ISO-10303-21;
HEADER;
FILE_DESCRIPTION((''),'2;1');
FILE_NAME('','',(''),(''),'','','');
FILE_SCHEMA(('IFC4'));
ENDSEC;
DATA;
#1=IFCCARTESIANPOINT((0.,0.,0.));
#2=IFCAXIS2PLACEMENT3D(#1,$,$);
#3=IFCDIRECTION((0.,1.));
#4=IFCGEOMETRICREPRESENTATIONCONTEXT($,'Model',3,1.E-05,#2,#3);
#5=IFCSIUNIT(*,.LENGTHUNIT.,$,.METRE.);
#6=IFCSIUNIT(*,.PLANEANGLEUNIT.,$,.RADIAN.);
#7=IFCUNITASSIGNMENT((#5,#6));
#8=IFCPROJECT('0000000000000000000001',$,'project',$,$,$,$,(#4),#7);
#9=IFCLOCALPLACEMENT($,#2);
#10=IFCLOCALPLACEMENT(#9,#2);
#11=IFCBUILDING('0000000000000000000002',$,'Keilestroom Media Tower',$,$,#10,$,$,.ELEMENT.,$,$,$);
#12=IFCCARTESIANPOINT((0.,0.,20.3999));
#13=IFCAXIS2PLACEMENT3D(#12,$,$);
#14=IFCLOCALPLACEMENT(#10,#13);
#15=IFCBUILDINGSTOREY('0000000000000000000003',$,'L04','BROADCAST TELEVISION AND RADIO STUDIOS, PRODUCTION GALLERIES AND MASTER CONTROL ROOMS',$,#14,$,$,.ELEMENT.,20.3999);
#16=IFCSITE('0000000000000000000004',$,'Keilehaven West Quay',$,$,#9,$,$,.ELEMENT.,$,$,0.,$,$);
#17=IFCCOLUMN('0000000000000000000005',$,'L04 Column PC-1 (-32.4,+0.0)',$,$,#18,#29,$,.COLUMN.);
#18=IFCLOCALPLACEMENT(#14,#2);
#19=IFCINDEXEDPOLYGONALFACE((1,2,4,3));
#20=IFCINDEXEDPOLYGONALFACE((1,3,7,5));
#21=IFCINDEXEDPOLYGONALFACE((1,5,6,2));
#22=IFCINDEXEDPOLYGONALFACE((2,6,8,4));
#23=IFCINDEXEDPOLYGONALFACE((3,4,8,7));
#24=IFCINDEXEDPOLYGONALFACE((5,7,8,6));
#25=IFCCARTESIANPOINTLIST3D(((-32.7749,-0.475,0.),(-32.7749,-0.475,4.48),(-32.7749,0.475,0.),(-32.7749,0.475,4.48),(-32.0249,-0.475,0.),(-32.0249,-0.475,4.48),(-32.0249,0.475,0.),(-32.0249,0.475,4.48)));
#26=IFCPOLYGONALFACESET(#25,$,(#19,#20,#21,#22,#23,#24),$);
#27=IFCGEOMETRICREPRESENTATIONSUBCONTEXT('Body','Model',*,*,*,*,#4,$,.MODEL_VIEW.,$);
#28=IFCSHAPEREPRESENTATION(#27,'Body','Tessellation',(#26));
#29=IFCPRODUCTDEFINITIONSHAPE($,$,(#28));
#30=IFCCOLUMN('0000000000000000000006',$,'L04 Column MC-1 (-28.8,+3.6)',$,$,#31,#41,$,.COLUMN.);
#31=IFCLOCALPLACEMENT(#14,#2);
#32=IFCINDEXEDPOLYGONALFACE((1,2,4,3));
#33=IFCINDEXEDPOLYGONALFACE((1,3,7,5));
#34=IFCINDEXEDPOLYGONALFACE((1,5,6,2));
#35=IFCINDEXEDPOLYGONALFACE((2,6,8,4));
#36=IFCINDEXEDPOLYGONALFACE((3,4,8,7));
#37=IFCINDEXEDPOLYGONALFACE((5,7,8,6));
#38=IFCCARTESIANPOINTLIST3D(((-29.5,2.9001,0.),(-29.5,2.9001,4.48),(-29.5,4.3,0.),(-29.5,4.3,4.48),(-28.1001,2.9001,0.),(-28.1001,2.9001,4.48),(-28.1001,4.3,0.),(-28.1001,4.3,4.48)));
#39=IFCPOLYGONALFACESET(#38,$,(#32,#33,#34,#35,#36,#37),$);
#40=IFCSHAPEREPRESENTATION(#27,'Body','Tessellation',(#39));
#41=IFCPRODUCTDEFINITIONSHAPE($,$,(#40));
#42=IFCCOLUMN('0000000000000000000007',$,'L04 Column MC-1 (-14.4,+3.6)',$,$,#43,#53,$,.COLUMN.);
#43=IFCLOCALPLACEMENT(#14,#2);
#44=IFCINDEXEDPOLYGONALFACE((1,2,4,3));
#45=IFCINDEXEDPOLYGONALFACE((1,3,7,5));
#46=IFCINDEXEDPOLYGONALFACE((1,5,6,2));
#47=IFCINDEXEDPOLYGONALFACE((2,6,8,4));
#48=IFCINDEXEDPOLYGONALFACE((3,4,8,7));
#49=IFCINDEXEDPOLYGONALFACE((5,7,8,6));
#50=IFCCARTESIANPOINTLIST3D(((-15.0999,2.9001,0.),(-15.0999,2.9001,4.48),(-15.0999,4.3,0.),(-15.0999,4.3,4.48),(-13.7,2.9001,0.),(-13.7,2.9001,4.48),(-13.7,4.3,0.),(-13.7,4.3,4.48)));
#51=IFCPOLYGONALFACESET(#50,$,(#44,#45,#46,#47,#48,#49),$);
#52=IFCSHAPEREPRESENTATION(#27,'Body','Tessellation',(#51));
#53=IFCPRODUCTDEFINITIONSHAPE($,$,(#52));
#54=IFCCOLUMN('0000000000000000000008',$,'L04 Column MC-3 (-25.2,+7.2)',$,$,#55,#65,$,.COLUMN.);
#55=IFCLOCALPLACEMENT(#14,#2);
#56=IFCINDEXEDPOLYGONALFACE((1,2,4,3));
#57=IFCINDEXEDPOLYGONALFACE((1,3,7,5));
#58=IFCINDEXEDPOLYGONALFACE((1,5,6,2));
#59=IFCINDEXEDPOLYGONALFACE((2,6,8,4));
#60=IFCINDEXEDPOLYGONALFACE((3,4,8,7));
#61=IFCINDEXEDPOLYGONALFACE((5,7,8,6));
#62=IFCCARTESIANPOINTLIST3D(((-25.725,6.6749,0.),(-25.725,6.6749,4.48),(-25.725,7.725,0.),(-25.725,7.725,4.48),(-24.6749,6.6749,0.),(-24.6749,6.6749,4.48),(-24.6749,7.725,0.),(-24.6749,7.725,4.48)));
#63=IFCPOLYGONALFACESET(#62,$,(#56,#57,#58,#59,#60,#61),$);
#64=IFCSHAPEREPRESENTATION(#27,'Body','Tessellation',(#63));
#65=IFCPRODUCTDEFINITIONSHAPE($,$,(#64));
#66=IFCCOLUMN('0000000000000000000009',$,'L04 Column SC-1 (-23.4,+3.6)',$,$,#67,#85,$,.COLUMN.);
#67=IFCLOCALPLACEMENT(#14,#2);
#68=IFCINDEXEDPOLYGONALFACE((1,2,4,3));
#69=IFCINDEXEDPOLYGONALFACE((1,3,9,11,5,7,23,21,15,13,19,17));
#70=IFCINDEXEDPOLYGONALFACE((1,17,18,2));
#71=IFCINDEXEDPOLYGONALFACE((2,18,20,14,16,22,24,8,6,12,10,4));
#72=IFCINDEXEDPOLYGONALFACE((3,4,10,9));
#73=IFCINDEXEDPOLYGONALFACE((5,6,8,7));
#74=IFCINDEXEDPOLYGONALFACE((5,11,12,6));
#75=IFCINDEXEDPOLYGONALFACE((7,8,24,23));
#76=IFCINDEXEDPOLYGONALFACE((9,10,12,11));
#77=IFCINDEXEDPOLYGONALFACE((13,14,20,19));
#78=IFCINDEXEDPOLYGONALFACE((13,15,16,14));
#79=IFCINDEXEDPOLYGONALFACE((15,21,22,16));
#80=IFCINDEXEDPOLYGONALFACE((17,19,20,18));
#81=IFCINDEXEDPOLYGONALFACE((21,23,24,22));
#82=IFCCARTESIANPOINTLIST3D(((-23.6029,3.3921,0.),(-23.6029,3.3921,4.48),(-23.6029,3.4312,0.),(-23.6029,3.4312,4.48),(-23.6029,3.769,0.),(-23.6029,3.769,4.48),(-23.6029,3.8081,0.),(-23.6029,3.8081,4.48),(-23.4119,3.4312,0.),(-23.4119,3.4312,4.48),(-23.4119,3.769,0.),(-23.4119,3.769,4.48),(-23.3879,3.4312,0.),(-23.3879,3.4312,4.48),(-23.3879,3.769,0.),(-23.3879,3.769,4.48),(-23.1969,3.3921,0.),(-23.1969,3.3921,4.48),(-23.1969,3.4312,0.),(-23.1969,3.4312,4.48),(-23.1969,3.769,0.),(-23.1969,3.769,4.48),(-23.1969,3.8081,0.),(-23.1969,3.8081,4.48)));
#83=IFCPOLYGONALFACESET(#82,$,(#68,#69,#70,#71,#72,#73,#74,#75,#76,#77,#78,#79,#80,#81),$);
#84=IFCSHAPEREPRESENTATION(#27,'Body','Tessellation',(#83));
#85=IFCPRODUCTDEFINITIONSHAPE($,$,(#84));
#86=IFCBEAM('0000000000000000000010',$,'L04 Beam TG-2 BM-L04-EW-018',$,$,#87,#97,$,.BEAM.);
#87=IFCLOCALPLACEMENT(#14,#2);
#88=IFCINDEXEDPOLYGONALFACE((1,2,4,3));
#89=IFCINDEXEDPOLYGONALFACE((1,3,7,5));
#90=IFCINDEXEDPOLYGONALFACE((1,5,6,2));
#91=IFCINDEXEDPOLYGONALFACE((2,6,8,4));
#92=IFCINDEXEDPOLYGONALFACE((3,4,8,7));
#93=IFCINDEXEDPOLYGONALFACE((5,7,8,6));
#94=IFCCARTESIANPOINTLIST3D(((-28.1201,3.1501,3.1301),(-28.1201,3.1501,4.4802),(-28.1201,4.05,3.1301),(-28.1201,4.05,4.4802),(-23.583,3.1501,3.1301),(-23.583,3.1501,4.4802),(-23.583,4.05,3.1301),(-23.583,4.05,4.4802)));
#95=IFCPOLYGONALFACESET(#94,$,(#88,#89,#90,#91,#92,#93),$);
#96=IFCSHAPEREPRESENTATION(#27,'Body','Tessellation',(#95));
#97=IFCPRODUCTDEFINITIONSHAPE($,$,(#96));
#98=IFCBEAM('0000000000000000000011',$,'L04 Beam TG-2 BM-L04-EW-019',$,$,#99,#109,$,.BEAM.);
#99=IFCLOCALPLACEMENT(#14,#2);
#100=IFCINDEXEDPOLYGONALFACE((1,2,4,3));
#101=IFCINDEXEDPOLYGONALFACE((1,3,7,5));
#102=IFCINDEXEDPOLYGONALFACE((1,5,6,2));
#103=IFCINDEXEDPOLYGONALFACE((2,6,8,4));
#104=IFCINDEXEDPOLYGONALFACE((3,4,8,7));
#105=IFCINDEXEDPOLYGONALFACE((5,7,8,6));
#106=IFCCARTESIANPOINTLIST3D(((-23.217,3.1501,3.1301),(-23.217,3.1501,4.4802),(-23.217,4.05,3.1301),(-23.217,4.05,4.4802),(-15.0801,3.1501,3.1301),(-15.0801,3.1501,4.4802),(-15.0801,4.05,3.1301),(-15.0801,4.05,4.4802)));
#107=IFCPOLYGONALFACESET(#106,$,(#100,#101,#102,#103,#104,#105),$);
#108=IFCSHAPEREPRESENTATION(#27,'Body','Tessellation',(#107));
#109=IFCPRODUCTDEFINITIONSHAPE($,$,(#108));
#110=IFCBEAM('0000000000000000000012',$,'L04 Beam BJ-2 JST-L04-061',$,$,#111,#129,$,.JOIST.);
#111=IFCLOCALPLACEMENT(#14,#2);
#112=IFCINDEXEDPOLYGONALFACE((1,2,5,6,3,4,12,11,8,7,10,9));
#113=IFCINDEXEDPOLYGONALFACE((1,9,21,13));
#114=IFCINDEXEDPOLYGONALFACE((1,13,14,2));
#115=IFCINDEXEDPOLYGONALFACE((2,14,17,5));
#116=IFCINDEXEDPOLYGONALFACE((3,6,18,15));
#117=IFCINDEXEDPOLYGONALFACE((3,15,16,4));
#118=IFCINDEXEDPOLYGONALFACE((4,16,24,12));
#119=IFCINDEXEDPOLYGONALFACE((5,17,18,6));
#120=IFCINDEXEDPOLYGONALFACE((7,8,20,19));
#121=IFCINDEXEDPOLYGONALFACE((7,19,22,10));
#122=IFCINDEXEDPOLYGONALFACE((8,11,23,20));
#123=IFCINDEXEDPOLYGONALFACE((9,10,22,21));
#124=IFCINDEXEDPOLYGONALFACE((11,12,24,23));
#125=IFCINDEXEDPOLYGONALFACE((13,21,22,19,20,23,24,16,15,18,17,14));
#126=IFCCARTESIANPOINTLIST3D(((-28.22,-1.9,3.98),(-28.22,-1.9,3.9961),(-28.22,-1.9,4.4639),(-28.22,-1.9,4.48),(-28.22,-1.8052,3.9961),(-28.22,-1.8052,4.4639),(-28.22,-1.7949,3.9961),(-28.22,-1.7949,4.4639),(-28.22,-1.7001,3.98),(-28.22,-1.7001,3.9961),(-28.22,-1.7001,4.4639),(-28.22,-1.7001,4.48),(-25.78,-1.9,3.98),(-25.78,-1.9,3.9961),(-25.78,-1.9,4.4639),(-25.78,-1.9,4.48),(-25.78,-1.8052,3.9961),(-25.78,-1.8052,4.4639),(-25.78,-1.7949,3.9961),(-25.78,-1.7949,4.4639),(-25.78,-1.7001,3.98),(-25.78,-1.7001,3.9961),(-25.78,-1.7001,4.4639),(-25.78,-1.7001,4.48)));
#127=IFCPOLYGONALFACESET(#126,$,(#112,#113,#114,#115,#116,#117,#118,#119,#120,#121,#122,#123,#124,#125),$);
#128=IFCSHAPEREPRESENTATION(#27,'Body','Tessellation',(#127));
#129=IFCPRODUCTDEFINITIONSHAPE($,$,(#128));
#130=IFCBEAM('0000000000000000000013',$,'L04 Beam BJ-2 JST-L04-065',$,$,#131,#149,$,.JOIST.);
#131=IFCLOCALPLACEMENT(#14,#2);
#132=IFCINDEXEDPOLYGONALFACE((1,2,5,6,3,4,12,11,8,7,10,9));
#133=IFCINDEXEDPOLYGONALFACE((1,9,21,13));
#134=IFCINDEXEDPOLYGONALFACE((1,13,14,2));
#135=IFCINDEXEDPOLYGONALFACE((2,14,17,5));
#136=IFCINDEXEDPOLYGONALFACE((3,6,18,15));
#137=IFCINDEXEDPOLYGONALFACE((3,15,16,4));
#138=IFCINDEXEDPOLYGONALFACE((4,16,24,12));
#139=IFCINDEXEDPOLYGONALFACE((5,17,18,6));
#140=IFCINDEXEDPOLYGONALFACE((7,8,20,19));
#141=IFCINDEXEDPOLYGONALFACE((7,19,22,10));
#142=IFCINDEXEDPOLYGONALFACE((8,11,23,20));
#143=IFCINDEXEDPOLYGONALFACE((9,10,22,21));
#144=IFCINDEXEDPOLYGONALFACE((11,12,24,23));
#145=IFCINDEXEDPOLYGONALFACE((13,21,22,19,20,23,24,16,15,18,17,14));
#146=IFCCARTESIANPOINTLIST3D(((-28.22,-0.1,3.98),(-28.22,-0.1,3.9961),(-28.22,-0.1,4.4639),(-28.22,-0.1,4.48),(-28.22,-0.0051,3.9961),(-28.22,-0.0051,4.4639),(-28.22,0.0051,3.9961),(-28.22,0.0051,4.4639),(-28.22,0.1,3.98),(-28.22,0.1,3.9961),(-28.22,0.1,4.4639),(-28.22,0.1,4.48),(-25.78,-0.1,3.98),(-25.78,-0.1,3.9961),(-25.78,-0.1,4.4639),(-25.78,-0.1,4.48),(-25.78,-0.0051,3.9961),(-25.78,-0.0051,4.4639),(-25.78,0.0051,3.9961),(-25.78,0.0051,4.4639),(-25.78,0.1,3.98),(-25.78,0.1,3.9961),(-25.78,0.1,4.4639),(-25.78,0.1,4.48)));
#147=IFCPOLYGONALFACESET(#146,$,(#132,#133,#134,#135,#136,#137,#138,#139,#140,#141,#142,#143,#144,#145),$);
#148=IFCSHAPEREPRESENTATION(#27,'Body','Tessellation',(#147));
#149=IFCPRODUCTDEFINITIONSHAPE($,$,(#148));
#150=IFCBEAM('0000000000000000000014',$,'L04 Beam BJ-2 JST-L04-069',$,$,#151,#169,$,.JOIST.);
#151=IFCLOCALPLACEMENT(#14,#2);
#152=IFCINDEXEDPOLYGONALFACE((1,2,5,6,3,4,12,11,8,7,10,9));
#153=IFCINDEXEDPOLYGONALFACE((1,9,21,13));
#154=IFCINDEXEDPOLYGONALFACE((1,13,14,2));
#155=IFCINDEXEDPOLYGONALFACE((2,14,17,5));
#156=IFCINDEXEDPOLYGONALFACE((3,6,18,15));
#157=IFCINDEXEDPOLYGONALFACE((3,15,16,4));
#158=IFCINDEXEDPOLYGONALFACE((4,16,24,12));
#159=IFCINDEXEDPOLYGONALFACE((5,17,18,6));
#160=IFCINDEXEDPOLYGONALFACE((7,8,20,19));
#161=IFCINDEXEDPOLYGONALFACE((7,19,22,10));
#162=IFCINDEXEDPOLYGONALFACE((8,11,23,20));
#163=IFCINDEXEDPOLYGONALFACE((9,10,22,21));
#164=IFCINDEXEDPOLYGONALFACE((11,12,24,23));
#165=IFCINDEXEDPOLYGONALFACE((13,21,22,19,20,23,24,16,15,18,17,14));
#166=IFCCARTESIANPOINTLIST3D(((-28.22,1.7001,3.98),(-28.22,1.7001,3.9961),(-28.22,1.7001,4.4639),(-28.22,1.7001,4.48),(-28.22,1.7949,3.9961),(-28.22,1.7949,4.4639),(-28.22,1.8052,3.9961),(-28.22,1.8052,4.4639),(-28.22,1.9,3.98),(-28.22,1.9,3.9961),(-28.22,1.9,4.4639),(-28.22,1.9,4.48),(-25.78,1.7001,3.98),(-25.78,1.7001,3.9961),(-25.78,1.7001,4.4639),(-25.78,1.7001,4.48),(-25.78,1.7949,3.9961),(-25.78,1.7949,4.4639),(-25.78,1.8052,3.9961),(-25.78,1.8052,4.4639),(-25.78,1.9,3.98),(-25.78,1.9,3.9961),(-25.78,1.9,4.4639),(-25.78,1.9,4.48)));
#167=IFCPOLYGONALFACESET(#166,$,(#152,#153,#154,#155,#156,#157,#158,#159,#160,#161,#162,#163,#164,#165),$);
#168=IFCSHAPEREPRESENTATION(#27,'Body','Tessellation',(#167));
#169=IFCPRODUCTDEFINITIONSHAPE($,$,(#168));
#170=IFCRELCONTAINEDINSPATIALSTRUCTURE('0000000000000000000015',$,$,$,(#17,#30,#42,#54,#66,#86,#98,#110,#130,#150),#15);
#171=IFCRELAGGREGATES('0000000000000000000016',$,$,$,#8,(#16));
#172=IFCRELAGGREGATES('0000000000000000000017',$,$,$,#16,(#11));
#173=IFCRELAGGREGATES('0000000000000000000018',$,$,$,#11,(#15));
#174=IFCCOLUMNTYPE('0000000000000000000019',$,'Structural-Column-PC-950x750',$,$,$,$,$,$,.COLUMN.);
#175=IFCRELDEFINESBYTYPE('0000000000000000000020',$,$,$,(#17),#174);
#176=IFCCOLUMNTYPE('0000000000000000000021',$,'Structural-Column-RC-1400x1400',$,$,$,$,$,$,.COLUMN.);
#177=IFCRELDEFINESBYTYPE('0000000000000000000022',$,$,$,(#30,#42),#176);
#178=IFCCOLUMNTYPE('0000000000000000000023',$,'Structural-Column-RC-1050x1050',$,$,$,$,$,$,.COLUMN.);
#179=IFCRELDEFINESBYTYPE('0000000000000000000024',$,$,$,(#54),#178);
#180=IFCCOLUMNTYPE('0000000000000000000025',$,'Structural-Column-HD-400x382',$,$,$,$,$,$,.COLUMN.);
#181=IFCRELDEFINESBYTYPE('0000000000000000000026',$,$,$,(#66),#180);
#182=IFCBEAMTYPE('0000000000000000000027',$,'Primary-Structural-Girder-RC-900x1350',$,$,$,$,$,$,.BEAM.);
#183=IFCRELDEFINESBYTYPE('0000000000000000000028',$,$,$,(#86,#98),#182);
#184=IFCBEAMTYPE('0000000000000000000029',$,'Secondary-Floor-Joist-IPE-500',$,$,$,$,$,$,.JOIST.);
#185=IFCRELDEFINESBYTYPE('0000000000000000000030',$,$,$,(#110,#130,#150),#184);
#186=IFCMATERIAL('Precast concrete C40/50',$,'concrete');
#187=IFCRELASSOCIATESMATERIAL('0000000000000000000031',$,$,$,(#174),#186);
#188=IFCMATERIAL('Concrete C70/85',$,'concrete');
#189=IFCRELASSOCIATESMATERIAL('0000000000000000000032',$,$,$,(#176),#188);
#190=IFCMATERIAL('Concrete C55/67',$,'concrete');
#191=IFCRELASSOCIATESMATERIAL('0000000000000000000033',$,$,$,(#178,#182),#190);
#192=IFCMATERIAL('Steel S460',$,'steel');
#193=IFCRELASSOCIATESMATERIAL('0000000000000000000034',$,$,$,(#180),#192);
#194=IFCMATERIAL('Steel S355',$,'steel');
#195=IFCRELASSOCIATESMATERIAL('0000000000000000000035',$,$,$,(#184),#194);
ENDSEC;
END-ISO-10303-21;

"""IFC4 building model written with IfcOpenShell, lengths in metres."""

from ifc_helpers import new_model, si_unit, direction, frame, origin, origin_2d, place, context, subcontext, project, spatial, rectangle, i_section, extrude, source, transform, mapped, material, material_profile, profile_set, type_object, element, save


model = new_model("IFC4")

# Units and contexts
model_context = context("Model", 3, precision=1e-05, world=origin(), true_north=direction((0.0, 1.0)))
body_context = subcontext(model_context, "Body", "Model", "MODEL_VIEW")
ifc_project = project(units=[si_unit("LENGTHUNIT", "METRE"), si_unit("PLANEANGLEUNIT", "RADIAN")], contexts=[model_context])

# Site, building, storey
site_placement = place(None, origin())
site = spatial("IfcSite", under=ifc_project, at=site_placement, Name="Keilehaven West Quay", CompositionType="ELEMENT", RefElevation=0.0)
building_placement = place(site_placement, origin())
building = spatial("IfcBuilding", under=site, at=building_placement, Name="Keilestroom Media Tower", CompositionType="ELEMENT")
storey_placement = place(building_placement, frame((0.0, 0.0, 20.3999)))
storey = spatial("IfcBuildingStorey", under=building, at=storey_placement, Name="L04", Description="BROADCAST TELEVISION AND RADIO STUDIOS, PRODUCTION GALLERIES AND MASTER CONTROL ROOMS", CompositionType="ELEMENT", Elevation=20.3999)

# Columns
ifc_material_1 = material(Name="Precast concrete C40/50", Category="concrete")
ifc_material_profile_1 = material_profile(ifc_material_1, rectangle(XDim=0.75, YDim=0.95, at=origin_2d()), Name="PC 950x750")
ifc_profile_set_1 = profile_set([ifc_material_profile_1], Name="Precast concrete C40/50")
column_type_1 = type_object("IfcColumnType", Name="Structural-Column-PC-950x750", PredefinedType="COLUMN", material=ifc_profile_set_1)
shared_shape_1 = source(origin(), body_context, "Body", "SweptSolid", [
    extrude(rectangle(XDim=0.75, YDim=0.95, at=origin_2d()), origin(), (0.0, 0.0, 1.0), 4.48),
])
column_1_placement = place(storey_placement, frame((-32.3999, 0.0, 0.0), z_axis=(0.0, 0.0, 1.0), x_axis=(1.0, 0.0, 0.0)))
element("IfcColumn", 1, at=column_1_placement, inside=storey, type_object=column_type_1, Name="L04 Column PC-1 (-32.4,+0.0)", PredefinedType="COLUMN", context=body_context, shape_type="MappedRepresentation", body=[
    mapped(shared_shape_1, transform((0.0, 0.0, 0.0), x_axis=(1.0, 0.0, 0.0), y_axis=(0.0, 1.0, 0.0), z_axis=(0.0, 0.0, 1.0), scale=1.0)),
])
ifc_material_2 = material(Name="Concrete C70/85", Category="concrete")
ifc_material_profile_2 = material_profile(ifc_material_2, rectangle(XDim=1.3999, YDim=1.3999, at=origin_2d()), Name="RC 1400x1400")
ifc_profile_set_2 = profile_set([ifc_material_profile_2], Name="Concrete C70/85")
column_type_2 = type_object("IfcColumnType", Name="Structural-Column-RC-1400x1400", PredefinedType="COLUMN", material=ifc_profile_set_2)
shared_shape_2 = source(origin(), body_context, "Body", "SweptSolid", [
    extrude(rectangle(XDim=1.3999, YDim=1.3999, at=origin_2d()), origin(), (0.0, 0.0, 1.0), 4.48),
])
for number, where, z_axis, x_axis, name in (
    (2, (-28.8, 3.6001, 0.0), (0.0, 0.0, 1.0), (1.0, 0.0, 0.0), "L04 Column MC-1 (-28.8,+3.6)"),
    (3, (-14.3999, 3.6001, 0.0), (0.0, 0.0, 1.0), (1.0, 0.0, 0.0), "L04 Column MC-1 (-14.4,+3.6)"),
):
    element("IfcColumn", number, at=place(storey_placement, frame(where, z_axis=z_axis, x_axis=x_axis)), inside=storey, type_object=column_type_2, Name=name, PredefinedType="COLUMN", context=body_context, shape_type="MappedRepresentation", body=[
        mapped(shared_shape_2, transform((0.0, 0.0, 0.0), x_axis=(1.0, 0.0, 0.0), y_axis=(0.0, 1.0, 0.0), z_axis=(0.0, 0.0, 1.0), scale=1.0)),
    ])
ifc_material_3 = material(Name="Concrete C55/67", Category="concrete")
ifc_material_profile_3 = material_profile(ifc_material_3, rectangle(XDim=1.05, YDim=1.05, at=origin_2d()), Name="RC 1050x1050")
ifc_profile_set_3 = profile_set([ifc_material_profile_3], Name="Concrete C55/67")
column_type_3 = type_object("IfcColumnType", Name="Structural-Column-RC-1050x1050", PredefinedType="COLUMN", material=ifc_profile_set_3)
shared_shape_3 = source(origin(), body_context, "Body", "SweptSolid", [
    extrude(rectangle(XDim=1.05, YDim=1.05, at=origin_2d()), origin(), (0.0, 0.0, 1.0), 4.48),
])
column_2_placement = place(storey_placement, frame((-25.2, 7.2, 0.0), z_axis=(0.0, 0.0, 1.0), x_axis=(1.0, 0.0, 0.0)))
element("IfcColumn", 4, at=column_2_placement, inside=storey, type_object=column_type_3, Name="L04 Column MC-3 (-25.2,+7.2)", PredefinedType="COLUMN", context=body_context, shape_type="MappedRepresentation", body=[
    mapped(shared_shape_3, transform((0.0, 0.0, 0.0), x_axis=(1.0, 0.0, 0.0), y_axis=(0.0, 1.0, 0.0), z_axis=(0.0, 0.0, 1.0), scale=1.0)),
])
ifc_material_4 = material(Name="Steel S460", Category="steel")
ifc_material_profile_4 = material_profile(ifc_material_4, i_section(OverallWidth=0.406, OverallDepth=0.416, WebThickness=0.0239, FlangeThickness=0.0391, at=origin_2d()), Name="HD 400x382")
ifc_profile_set_4 = profile_set([ifc_material_profile_4], Name="Steel S460")
column_type_4 = type_object("IfcColumnType", Name="Structural-Column-HD-400x382", PredefinedType="COLUMN", material=ifc_profile_set_4)
shared_shape_4 = source(origin(), body_context, "Body", "SweptSolid", [
    extrude(i_section(OverallWidth=0.406, OverallDepth=0.416, WebThickness=0.0239, FlangeThickness=0.0391, at=origin_2d()), origin(), (0.0, 0.0, 1.0), 4.48),
])
column_3_placement = place(storey_placement, frame((-23.3999, 3.6001, 0.0), z_axis=(0.0, 0.0, 1.0), x_axis=(1.0, 0.0, 0.0)))
element("IfcColumn", 5, at=column_3_placement, inside=storey, type_object=column_type_4, Name="L04 Column SC-1 (-23.4,+3.6)", PredefinedType="COLUMN", context=body_context, shape_type="MappedRepresentation", body=[
    mapped(shared_shape_4, transform((0.0, 0.0, 0.0), x_axis=(1.0, 0.0, 0.0), y_axis=(0.0, 1.0, 0.0), z_axis=(0.0, 0.0, 1.0), scale=1.0)),
])

# Beams
ifc_material_profile_5 = material_profile(ifc_material_3, rectangle(XDim=0.8999, YDim=1.3501, at=origin_2d()), Name="RC 900x1350")
ifc_profile_set_5 = profile_set([ifc_material_profile_5], Name="Concrete C55/67")
beam_type_1 = type_object("IfcBeamType", Name="Primary-Structural-Girder-RC-900x1350", PredefinedType="BEAM", material=ifc_profile_set_5)
shared_shape_5 = source(origin(), body_context, "Body", "SweptSolid", [
    extrude(rectangle(XDim=0.8999, YDim=1.3501, at=origin_2d()), origin(), (0.0, 0.0, 1.0), 4.5371),
])
beam_1_placement = place(storey_placement, frame((-28.1201, 3.6001, 3.8052), z_axis=(1.0, 0.0, 0.0), x_axis=(0.0, 1.0, 0.0)))
element("IfcBeam", 6, at=beam_1_placement, inside=storey, type_object=beam_type_1, Name="L04 Beam TG-2 BM-L04-EW-018", PredefinedType="BEAM", context=body_context, shape_type="MappedRepresentation", body=[
    mapped(shared_shape_5, transform((0.0, 0.0, 0.0), x_axis=(1.0, 0.0, 0.0), y_axis=(0.0, 1.0, 0.0), z_axis=(0.0, 0.0, 1.0), scale=1.0)),
])
shared_shape_6 = source(origin(), body_context, "Body", "SweptSolid", [
    extrude(rectangle(XDim=0.8999, YDim=1.3501, at=origin_2d()), origin(), (0.0, 0.0, 1.0), 8.137),
])
beam_2_placement = place(storey_placement, frame((-23.217, 3.6001, 3.8052), z_axis=(1.0, 0.0, 0.0), x_axis=(0.0, 1.0, 0.0)))
element("IfcBeam", 7, at=beam_2_placement, inside=storey, type_object=beam_type_1, Name="L04 Beam TG-2 BM-L04-EW-019", PredefinedType="BEAM", context=body_context, shape_type="MappedRepresentation", body=[
    mapped(shared_shape_6, transform((0.0, 0.0, 0.0), x_axis=(1.0, 0.0, 0.0), y_axis=(0.0, 1.0, 0.0), z_axis=(0.0, 0.0, 1.0), scale=1.0)),
])
ifc_material_5 = material(Name="Steel S355", Category="steel")
ifc_material_profile_6 = material_profile(ifc_material_5, i_section(OverallWidth=0.2, OverallDepth=0.5, WebThickness=0.0103, FlangeThickness=0.0161, at=origin_2d()), Name="IPE 500")
ifc_profile_set_6 = profile_set([ifc_material_profile_6], Name="Steel S355")
beam_type_2 = type_object("IfcBeamType", Name="Secondary-Floor-Joist-IPE-500", PredefinedType="JOIST", material=ifc_profile_set_6)
shared_shape_7 = source(origin(), body_context, "Body", "SweptSolid", [
    extrude(i_section(OverallWidth=0.2, OverallDepth=0.5, WebThickness=0.0103, FlangeThickness=0.0161, at=origin_2d()), origin(), (0.0, 0.0, 1.0), 2.4399),
])
for number, where, z_axis, x_axis, name in (
    (8, (-28.22, -1.8, 4.23), (1.0, 0.0, 0.0), (0.0, 1.0, 0.0), "L04 Beam BJ-2 JST-L04-061"),
    (9, (-28.22, 0.0, 4.23), (1.0, 0.0, 0.0), (0.0, 1.0, 0.0), "L04 Beam BJ-2 JST-L04-065"),
    (10, (-28.22, 1.8, 4.23), (1.0, 0.0, 0.0), (0.0, 1.0, 0.0), "L04 Beam BJ-2 JST-L04-069"),
):
    element("IfcBeam", number, at=place(storey_placement, frame(where, z_axis=z_axis, x_axis=x_axis)), inside=storey, type_object=beam_type_2, Name=name, PredefinedType="JOIST", context=body_context, shape_type="MappedRepresentation", body=[
        mapped(shared_shape_7, transform((0.0, 0.0, 0.0), x_axis=(1.0, 0.0, 0.0), y_axis=(0.0, 1.0, 0.0), z_axis=(0.0, 0.0, 1.0), scale=1.0)),
    ])

save(model, "model.ifc")
